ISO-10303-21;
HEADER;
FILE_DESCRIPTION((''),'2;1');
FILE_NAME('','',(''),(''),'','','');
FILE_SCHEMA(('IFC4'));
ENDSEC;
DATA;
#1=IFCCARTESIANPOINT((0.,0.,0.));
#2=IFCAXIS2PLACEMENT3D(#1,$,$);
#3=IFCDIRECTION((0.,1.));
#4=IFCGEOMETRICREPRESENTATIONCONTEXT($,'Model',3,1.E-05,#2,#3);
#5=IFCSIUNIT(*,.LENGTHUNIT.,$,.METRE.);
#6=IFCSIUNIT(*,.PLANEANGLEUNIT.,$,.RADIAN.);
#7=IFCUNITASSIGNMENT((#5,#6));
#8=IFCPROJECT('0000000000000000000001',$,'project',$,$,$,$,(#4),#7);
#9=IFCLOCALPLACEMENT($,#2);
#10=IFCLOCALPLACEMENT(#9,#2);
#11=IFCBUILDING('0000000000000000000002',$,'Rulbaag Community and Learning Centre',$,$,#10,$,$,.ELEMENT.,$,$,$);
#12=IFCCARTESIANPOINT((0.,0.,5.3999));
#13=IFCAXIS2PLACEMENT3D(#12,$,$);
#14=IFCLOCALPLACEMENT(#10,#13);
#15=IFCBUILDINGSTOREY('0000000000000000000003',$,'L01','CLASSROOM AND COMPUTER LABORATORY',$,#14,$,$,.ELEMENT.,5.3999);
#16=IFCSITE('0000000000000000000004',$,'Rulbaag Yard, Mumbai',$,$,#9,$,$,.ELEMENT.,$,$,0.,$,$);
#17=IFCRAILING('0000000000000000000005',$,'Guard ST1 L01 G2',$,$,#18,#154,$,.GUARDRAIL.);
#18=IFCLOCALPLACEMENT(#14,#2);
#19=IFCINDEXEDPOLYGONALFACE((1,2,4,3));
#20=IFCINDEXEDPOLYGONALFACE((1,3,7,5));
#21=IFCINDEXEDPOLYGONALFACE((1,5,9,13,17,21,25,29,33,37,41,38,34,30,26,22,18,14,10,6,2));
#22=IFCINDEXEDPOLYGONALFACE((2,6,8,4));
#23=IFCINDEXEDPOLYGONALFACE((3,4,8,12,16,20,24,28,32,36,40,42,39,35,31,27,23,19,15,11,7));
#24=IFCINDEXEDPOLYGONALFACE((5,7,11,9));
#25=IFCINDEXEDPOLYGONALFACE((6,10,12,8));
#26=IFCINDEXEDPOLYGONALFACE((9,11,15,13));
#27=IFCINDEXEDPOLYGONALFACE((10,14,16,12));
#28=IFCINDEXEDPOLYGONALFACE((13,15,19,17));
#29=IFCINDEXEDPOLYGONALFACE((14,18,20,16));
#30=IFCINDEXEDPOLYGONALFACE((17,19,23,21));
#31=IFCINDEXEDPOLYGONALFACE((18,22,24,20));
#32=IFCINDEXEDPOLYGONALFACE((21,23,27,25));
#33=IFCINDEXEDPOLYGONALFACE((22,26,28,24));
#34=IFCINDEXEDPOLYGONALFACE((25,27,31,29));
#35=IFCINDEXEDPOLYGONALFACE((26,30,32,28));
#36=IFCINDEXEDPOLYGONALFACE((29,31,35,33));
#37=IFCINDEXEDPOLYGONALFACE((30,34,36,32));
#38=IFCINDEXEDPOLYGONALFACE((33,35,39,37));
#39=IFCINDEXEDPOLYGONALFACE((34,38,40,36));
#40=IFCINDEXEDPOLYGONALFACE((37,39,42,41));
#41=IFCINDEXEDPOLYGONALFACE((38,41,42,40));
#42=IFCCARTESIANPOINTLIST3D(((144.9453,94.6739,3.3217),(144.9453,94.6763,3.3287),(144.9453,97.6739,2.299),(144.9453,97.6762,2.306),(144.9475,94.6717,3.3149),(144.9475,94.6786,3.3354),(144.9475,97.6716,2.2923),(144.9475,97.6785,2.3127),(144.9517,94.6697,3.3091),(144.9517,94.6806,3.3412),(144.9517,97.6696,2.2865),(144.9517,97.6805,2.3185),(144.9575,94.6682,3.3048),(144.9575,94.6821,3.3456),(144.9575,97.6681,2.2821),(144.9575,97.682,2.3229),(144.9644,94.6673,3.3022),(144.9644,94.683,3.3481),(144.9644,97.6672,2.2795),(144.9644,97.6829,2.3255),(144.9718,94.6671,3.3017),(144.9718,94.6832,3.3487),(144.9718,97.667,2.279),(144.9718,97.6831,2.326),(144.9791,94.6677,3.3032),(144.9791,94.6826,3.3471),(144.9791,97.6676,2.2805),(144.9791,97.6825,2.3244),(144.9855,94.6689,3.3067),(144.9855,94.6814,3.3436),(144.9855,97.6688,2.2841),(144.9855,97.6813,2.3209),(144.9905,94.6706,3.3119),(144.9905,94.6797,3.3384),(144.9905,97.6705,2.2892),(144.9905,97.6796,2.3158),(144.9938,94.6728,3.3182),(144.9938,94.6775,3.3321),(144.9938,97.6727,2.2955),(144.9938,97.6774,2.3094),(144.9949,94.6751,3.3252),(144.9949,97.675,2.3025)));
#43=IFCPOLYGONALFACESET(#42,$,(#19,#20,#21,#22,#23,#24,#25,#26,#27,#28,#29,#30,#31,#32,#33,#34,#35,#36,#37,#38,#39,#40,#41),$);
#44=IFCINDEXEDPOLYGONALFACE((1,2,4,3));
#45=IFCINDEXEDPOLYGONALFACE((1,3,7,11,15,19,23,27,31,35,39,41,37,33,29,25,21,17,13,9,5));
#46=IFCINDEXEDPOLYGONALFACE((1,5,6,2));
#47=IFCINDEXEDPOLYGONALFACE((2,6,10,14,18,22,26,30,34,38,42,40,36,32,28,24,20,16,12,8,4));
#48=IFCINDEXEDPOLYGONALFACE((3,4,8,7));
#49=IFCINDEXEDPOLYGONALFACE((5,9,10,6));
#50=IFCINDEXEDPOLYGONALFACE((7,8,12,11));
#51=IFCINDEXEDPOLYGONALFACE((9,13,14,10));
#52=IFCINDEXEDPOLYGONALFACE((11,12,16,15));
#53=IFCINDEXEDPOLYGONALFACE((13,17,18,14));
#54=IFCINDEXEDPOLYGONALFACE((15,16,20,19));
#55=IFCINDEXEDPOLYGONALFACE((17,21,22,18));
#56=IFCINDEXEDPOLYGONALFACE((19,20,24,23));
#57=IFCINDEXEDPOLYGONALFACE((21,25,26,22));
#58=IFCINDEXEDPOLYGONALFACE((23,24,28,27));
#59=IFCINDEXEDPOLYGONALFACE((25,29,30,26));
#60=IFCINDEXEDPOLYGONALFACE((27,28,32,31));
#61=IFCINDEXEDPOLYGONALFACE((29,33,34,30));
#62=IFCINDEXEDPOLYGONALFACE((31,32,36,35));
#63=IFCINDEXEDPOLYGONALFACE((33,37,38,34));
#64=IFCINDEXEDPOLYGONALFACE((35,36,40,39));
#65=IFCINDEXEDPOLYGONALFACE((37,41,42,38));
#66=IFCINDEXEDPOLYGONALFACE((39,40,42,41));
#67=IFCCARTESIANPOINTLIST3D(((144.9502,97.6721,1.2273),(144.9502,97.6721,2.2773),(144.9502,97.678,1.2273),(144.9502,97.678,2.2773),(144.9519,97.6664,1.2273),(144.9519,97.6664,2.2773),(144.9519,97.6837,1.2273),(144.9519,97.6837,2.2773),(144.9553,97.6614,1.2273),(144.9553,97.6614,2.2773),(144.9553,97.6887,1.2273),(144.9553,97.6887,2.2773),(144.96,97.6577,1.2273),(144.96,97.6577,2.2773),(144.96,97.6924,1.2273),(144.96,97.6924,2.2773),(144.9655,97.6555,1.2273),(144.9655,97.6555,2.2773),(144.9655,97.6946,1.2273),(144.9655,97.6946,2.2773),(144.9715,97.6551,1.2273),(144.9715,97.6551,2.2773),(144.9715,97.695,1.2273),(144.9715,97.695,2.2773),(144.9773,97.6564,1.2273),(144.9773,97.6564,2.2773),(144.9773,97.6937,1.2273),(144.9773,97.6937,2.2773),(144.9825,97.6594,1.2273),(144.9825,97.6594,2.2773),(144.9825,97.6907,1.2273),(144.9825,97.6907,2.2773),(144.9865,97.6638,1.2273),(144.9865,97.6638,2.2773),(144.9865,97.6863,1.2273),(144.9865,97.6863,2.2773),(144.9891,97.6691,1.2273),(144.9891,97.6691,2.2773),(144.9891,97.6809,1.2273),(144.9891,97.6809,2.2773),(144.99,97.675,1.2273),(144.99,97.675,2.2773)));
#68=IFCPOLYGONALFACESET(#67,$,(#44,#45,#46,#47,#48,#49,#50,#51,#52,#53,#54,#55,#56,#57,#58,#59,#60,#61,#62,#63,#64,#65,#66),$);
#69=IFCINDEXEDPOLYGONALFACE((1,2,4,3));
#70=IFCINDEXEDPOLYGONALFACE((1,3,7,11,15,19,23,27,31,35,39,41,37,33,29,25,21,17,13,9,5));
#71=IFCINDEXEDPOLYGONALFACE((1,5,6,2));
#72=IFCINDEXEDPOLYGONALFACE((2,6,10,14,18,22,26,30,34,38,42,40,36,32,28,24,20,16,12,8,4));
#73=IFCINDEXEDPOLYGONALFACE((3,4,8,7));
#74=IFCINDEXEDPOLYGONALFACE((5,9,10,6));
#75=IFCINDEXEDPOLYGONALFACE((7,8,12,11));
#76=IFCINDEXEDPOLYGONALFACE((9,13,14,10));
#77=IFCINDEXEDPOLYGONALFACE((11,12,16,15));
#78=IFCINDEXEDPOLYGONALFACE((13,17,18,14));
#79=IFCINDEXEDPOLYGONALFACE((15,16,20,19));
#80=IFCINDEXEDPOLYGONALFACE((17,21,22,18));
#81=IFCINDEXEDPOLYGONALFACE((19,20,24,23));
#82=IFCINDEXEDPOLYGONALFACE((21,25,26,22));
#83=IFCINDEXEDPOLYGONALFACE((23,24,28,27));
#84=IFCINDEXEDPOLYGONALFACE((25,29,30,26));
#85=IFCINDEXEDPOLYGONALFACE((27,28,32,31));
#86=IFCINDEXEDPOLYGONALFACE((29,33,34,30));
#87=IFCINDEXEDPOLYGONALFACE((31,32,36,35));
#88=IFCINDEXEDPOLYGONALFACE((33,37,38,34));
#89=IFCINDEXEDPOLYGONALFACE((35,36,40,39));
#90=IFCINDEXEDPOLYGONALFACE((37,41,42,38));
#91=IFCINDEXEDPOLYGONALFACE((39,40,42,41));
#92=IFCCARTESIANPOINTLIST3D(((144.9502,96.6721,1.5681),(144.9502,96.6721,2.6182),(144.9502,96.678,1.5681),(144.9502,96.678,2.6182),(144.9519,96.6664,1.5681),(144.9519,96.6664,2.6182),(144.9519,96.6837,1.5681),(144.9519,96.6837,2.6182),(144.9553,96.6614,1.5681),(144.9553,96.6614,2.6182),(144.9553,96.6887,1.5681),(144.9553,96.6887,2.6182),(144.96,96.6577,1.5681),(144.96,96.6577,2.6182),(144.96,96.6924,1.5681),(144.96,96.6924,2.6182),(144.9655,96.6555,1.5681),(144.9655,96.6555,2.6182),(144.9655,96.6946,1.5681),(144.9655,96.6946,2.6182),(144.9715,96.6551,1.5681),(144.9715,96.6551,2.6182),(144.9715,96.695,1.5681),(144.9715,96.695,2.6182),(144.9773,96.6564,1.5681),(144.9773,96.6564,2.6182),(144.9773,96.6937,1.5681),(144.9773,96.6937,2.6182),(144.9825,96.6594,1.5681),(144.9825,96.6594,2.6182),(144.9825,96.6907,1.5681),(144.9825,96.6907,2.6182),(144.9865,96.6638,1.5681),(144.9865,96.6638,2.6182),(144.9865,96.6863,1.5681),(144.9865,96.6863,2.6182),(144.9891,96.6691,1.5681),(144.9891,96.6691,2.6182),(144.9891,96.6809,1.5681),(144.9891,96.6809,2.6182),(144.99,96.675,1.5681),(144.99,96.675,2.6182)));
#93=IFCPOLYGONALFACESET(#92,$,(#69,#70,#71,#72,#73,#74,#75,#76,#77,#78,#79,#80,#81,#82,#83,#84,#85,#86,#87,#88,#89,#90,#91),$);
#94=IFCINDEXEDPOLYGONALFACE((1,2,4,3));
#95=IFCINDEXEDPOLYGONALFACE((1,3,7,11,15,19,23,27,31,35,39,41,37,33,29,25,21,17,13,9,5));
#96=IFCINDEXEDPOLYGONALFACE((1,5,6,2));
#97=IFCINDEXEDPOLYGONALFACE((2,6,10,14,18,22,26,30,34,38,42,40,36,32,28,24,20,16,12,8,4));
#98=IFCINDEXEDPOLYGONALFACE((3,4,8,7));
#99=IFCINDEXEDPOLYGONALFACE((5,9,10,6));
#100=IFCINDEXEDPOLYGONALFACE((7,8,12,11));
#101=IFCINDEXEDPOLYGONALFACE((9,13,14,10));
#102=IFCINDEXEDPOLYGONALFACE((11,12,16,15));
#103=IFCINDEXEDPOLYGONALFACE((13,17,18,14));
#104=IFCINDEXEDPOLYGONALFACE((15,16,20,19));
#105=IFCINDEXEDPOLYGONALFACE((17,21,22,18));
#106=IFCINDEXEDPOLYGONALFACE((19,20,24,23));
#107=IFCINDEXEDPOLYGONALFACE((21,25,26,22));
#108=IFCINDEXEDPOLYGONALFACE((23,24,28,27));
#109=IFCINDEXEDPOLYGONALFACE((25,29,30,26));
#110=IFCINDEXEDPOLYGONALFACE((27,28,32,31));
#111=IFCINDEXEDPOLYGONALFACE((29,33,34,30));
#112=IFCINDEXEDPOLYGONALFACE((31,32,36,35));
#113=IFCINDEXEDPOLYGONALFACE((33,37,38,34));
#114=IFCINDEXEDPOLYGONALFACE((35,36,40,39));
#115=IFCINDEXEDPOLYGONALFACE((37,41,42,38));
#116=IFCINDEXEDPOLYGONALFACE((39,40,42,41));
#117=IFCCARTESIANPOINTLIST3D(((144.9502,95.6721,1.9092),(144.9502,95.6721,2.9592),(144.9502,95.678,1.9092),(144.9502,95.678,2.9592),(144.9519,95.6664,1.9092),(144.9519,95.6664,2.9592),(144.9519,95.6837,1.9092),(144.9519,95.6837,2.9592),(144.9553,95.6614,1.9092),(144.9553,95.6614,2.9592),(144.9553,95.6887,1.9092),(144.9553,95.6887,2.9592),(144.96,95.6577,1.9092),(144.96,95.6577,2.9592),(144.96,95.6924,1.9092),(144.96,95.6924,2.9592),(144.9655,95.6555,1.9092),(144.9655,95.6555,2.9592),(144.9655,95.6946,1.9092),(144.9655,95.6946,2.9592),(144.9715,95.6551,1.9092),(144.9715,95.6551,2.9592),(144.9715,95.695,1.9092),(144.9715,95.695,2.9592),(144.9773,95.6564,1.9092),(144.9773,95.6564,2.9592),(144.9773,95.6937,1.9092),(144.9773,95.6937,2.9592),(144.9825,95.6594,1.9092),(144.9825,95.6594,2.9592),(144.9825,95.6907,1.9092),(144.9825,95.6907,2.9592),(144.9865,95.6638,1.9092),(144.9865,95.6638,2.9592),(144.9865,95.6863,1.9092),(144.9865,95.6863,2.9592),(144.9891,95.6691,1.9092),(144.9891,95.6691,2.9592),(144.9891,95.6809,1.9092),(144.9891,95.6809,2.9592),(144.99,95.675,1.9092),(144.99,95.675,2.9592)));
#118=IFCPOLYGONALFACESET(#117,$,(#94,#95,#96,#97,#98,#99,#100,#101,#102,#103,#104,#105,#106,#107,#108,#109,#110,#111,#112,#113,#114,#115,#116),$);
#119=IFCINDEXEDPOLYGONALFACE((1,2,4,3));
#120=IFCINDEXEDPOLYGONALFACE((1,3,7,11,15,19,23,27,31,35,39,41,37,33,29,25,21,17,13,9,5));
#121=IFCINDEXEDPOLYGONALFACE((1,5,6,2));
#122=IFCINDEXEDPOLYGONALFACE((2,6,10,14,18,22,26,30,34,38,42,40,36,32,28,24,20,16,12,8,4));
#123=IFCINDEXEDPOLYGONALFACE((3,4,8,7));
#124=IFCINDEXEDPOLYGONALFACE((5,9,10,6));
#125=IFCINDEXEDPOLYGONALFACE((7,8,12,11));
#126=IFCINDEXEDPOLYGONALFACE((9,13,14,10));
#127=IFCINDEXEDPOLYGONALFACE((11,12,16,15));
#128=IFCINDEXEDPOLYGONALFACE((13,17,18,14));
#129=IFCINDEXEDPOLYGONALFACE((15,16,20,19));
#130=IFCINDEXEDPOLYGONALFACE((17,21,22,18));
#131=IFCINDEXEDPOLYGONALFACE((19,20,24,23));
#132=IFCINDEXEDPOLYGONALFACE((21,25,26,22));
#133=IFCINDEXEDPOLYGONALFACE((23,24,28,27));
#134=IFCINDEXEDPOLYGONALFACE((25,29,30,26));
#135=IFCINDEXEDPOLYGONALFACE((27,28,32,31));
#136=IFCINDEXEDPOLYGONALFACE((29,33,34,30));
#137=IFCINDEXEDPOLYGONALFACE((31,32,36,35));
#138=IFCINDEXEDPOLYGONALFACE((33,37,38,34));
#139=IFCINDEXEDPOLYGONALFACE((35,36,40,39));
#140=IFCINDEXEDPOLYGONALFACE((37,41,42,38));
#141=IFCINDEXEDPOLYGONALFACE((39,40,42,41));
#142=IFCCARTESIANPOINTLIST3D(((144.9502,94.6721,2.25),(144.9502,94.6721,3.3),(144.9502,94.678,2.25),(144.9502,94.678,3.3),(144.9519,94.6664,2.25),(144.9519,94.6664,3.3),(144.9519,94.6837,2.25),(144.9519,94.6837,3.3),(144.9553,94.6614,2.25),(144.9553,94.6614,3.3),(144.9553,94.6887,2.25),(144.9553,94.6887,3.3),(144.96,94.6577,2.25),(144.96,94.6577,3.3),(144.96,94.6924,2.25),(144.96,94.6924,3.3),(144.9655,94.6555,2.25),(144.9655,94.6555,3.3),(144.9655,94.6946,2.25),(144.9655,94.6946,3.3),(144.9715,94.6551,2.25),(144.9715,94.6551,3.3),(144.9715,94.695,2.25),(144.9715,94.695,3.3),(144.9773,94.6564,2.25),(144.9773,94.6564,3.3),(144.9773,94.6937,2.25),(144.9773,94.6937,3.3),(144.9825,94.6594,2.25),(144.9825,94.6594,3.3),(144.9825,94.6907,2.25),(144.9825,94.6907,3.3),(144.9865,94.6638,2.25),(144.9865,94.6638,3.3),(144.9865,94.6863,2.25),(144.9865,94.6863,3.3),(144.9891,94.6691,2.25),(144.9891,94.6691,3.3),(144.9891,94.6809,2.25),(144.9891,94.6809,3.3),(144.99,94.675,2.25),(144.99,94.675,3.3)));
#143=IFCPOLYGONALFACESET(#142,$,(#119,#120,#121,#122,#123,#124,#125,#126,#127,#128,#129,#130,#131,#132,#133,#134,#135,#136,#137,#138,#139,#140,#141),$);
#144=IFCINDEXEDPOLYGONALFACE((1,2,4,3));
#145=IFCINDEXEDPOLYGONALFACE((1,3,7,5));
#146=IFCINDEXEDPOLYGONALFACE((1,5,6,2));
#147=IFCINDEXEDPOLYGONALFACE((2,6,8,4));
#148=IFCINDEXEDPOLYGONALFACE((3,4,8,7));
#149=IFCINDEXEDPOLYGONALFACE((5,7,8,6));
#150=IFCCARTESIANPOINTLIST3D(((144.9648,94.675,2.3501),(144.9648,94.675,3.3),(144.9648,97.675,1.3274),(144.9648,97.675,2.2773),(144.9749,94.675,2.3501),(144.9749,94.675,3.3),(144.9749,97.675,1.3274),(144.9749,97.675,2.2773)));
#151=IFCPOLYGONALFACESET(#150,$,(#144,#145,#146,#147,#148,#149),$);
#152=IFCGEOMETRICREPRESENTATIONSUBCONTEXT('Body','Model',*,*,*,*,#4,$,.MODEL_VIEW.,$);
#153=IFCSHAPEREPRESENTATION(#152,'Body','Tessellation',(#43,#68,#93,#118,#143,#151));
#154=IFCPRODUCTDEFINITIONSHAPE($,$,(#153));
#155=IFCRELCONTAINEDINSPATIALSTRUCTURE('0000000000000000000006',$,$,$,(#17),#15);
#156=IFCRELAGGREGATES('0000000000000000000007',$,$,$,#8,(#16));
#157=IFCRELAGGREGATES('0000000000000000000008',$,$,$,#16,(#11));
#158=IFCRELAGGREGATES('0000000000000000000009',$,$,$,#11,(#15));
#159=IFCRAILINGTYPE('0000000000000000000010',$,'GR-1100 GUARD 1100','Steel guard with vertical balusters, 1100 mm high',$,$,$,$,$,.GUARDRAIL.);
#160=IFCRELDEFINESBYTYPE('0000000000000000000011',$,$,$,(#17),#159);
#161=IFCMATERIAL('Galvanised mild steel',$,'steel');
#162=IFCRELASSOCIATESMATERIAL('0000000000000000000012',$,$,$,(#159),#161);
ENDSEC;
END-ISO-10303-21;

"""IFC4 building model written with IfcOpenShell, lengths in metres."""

from ifc_helpers import new_model, si_unit, direction, frame, origin, origin_2d, place, context, subcontext, project, spatial, polyline, circle, outline, extrude, material, type_object, element, save


model = new_model("IFC4")

# Units and contexts
model_context = context("Model", 3, precision=1e-05, world=origin(), true_north=direction((0.0, 1.0)))
body_context = subcontext(model_context, "Body", "Model", "MODEL_VIEW")
ifc_project = project(units=[si_unit("LENGTHUNIT", "METRE"), si_unit("PLANEANGLEUNIT", "RADIAN")], contexts=[model_context])

# Site, building, storey
site_placement = place(None, origin())
site = spatial("IfcSite", under=ifc_project, at=site_placement, Name="Rulbaag Yard, Mumbai", CompositionType="ELEMENT", RefElevation=0.0)
building_placement = place(site_placement, origin())
building = spatial("IfcBuilding", under=site, at=building_placement, Name="Rulbaag Community and Learning Centre", CompositionType="ELEMENT")
storey_placement = place(building_placement, frame((0.0, 0.0, 5.3999)))
storey = spatial("IfcBuildingStorey", under=building, at=storey_placement, Name="L01", Description="CLASSROOM AND COMPUTER LABORATORY", CompositionType="ELEMENT", Elevation=5.3999)

# Railing
ifc_material_1 = material(Name="Galvanised mild steel", Category="steel")
railing_type_1 = type_object("IfcRailingType", Name="GR-1100 GUARD 1100", Description="Steel guard with vertical balusters, 1100 mm high", PredefinedType="GUARDRAIL", material=ifc_material_1)
railing_1_placement = place(storey_placement, frame((144.97, 97.675, 1.2273)))
element("IfcRailing", 1, at=railing_1_placement, inside=storey, type_object=railing_type_1, Name="Guard ST1 L01 G2", PredefinedType="GUARDRAIL", context=body_context, shape_type="SweptSolid", body=[
    extrude(circle(Radius=0.0249, at=origin_2d()), frame((0.0, 0.0, 1.0752), z_axis=(0.0, -0.946512, 0.322668), x_axis=(1.0, 0.0, 0.0)), (0.0, 0.0, 1.0), 3.1694),
    extrude(circle(Radius=0.02, at=origin_2d()), origin(), (0.0, 0.0, 1.0), 1.05),
    extrude(circle(Radius=0.02, at=origin_2d()), frame((0.0, -1.0, 0.3408)), (0.0, 0.0, 1.0), 1.05),
    extrude(circle(Radius=0.02, at=origin_2d()), frame((0.0, -2.0, 0.6819)), (0.0, 0.0, 1.0), 1.05),
    extrude(circle(Radius=0.02, at=origin_2d()), frame((0.0, -3.0, 1.0227)), (0.0, 0.0, 1.0), 1.05),
    extrude(outline(polyline([(0.0, 0.0), (3.0, 1.0227), (3.0, 1.9727), (0.0, 0.95), (0.0, 0.0)])), frame((0.0049, 0.0, 0.1001), z_axis=(-1.0, 0.0, 0.0), x_axis=(0.0, -1.0, 0.0)), (0.0, 0.0, 1.0), 0.01),
])

save(model, "model.ifc")
